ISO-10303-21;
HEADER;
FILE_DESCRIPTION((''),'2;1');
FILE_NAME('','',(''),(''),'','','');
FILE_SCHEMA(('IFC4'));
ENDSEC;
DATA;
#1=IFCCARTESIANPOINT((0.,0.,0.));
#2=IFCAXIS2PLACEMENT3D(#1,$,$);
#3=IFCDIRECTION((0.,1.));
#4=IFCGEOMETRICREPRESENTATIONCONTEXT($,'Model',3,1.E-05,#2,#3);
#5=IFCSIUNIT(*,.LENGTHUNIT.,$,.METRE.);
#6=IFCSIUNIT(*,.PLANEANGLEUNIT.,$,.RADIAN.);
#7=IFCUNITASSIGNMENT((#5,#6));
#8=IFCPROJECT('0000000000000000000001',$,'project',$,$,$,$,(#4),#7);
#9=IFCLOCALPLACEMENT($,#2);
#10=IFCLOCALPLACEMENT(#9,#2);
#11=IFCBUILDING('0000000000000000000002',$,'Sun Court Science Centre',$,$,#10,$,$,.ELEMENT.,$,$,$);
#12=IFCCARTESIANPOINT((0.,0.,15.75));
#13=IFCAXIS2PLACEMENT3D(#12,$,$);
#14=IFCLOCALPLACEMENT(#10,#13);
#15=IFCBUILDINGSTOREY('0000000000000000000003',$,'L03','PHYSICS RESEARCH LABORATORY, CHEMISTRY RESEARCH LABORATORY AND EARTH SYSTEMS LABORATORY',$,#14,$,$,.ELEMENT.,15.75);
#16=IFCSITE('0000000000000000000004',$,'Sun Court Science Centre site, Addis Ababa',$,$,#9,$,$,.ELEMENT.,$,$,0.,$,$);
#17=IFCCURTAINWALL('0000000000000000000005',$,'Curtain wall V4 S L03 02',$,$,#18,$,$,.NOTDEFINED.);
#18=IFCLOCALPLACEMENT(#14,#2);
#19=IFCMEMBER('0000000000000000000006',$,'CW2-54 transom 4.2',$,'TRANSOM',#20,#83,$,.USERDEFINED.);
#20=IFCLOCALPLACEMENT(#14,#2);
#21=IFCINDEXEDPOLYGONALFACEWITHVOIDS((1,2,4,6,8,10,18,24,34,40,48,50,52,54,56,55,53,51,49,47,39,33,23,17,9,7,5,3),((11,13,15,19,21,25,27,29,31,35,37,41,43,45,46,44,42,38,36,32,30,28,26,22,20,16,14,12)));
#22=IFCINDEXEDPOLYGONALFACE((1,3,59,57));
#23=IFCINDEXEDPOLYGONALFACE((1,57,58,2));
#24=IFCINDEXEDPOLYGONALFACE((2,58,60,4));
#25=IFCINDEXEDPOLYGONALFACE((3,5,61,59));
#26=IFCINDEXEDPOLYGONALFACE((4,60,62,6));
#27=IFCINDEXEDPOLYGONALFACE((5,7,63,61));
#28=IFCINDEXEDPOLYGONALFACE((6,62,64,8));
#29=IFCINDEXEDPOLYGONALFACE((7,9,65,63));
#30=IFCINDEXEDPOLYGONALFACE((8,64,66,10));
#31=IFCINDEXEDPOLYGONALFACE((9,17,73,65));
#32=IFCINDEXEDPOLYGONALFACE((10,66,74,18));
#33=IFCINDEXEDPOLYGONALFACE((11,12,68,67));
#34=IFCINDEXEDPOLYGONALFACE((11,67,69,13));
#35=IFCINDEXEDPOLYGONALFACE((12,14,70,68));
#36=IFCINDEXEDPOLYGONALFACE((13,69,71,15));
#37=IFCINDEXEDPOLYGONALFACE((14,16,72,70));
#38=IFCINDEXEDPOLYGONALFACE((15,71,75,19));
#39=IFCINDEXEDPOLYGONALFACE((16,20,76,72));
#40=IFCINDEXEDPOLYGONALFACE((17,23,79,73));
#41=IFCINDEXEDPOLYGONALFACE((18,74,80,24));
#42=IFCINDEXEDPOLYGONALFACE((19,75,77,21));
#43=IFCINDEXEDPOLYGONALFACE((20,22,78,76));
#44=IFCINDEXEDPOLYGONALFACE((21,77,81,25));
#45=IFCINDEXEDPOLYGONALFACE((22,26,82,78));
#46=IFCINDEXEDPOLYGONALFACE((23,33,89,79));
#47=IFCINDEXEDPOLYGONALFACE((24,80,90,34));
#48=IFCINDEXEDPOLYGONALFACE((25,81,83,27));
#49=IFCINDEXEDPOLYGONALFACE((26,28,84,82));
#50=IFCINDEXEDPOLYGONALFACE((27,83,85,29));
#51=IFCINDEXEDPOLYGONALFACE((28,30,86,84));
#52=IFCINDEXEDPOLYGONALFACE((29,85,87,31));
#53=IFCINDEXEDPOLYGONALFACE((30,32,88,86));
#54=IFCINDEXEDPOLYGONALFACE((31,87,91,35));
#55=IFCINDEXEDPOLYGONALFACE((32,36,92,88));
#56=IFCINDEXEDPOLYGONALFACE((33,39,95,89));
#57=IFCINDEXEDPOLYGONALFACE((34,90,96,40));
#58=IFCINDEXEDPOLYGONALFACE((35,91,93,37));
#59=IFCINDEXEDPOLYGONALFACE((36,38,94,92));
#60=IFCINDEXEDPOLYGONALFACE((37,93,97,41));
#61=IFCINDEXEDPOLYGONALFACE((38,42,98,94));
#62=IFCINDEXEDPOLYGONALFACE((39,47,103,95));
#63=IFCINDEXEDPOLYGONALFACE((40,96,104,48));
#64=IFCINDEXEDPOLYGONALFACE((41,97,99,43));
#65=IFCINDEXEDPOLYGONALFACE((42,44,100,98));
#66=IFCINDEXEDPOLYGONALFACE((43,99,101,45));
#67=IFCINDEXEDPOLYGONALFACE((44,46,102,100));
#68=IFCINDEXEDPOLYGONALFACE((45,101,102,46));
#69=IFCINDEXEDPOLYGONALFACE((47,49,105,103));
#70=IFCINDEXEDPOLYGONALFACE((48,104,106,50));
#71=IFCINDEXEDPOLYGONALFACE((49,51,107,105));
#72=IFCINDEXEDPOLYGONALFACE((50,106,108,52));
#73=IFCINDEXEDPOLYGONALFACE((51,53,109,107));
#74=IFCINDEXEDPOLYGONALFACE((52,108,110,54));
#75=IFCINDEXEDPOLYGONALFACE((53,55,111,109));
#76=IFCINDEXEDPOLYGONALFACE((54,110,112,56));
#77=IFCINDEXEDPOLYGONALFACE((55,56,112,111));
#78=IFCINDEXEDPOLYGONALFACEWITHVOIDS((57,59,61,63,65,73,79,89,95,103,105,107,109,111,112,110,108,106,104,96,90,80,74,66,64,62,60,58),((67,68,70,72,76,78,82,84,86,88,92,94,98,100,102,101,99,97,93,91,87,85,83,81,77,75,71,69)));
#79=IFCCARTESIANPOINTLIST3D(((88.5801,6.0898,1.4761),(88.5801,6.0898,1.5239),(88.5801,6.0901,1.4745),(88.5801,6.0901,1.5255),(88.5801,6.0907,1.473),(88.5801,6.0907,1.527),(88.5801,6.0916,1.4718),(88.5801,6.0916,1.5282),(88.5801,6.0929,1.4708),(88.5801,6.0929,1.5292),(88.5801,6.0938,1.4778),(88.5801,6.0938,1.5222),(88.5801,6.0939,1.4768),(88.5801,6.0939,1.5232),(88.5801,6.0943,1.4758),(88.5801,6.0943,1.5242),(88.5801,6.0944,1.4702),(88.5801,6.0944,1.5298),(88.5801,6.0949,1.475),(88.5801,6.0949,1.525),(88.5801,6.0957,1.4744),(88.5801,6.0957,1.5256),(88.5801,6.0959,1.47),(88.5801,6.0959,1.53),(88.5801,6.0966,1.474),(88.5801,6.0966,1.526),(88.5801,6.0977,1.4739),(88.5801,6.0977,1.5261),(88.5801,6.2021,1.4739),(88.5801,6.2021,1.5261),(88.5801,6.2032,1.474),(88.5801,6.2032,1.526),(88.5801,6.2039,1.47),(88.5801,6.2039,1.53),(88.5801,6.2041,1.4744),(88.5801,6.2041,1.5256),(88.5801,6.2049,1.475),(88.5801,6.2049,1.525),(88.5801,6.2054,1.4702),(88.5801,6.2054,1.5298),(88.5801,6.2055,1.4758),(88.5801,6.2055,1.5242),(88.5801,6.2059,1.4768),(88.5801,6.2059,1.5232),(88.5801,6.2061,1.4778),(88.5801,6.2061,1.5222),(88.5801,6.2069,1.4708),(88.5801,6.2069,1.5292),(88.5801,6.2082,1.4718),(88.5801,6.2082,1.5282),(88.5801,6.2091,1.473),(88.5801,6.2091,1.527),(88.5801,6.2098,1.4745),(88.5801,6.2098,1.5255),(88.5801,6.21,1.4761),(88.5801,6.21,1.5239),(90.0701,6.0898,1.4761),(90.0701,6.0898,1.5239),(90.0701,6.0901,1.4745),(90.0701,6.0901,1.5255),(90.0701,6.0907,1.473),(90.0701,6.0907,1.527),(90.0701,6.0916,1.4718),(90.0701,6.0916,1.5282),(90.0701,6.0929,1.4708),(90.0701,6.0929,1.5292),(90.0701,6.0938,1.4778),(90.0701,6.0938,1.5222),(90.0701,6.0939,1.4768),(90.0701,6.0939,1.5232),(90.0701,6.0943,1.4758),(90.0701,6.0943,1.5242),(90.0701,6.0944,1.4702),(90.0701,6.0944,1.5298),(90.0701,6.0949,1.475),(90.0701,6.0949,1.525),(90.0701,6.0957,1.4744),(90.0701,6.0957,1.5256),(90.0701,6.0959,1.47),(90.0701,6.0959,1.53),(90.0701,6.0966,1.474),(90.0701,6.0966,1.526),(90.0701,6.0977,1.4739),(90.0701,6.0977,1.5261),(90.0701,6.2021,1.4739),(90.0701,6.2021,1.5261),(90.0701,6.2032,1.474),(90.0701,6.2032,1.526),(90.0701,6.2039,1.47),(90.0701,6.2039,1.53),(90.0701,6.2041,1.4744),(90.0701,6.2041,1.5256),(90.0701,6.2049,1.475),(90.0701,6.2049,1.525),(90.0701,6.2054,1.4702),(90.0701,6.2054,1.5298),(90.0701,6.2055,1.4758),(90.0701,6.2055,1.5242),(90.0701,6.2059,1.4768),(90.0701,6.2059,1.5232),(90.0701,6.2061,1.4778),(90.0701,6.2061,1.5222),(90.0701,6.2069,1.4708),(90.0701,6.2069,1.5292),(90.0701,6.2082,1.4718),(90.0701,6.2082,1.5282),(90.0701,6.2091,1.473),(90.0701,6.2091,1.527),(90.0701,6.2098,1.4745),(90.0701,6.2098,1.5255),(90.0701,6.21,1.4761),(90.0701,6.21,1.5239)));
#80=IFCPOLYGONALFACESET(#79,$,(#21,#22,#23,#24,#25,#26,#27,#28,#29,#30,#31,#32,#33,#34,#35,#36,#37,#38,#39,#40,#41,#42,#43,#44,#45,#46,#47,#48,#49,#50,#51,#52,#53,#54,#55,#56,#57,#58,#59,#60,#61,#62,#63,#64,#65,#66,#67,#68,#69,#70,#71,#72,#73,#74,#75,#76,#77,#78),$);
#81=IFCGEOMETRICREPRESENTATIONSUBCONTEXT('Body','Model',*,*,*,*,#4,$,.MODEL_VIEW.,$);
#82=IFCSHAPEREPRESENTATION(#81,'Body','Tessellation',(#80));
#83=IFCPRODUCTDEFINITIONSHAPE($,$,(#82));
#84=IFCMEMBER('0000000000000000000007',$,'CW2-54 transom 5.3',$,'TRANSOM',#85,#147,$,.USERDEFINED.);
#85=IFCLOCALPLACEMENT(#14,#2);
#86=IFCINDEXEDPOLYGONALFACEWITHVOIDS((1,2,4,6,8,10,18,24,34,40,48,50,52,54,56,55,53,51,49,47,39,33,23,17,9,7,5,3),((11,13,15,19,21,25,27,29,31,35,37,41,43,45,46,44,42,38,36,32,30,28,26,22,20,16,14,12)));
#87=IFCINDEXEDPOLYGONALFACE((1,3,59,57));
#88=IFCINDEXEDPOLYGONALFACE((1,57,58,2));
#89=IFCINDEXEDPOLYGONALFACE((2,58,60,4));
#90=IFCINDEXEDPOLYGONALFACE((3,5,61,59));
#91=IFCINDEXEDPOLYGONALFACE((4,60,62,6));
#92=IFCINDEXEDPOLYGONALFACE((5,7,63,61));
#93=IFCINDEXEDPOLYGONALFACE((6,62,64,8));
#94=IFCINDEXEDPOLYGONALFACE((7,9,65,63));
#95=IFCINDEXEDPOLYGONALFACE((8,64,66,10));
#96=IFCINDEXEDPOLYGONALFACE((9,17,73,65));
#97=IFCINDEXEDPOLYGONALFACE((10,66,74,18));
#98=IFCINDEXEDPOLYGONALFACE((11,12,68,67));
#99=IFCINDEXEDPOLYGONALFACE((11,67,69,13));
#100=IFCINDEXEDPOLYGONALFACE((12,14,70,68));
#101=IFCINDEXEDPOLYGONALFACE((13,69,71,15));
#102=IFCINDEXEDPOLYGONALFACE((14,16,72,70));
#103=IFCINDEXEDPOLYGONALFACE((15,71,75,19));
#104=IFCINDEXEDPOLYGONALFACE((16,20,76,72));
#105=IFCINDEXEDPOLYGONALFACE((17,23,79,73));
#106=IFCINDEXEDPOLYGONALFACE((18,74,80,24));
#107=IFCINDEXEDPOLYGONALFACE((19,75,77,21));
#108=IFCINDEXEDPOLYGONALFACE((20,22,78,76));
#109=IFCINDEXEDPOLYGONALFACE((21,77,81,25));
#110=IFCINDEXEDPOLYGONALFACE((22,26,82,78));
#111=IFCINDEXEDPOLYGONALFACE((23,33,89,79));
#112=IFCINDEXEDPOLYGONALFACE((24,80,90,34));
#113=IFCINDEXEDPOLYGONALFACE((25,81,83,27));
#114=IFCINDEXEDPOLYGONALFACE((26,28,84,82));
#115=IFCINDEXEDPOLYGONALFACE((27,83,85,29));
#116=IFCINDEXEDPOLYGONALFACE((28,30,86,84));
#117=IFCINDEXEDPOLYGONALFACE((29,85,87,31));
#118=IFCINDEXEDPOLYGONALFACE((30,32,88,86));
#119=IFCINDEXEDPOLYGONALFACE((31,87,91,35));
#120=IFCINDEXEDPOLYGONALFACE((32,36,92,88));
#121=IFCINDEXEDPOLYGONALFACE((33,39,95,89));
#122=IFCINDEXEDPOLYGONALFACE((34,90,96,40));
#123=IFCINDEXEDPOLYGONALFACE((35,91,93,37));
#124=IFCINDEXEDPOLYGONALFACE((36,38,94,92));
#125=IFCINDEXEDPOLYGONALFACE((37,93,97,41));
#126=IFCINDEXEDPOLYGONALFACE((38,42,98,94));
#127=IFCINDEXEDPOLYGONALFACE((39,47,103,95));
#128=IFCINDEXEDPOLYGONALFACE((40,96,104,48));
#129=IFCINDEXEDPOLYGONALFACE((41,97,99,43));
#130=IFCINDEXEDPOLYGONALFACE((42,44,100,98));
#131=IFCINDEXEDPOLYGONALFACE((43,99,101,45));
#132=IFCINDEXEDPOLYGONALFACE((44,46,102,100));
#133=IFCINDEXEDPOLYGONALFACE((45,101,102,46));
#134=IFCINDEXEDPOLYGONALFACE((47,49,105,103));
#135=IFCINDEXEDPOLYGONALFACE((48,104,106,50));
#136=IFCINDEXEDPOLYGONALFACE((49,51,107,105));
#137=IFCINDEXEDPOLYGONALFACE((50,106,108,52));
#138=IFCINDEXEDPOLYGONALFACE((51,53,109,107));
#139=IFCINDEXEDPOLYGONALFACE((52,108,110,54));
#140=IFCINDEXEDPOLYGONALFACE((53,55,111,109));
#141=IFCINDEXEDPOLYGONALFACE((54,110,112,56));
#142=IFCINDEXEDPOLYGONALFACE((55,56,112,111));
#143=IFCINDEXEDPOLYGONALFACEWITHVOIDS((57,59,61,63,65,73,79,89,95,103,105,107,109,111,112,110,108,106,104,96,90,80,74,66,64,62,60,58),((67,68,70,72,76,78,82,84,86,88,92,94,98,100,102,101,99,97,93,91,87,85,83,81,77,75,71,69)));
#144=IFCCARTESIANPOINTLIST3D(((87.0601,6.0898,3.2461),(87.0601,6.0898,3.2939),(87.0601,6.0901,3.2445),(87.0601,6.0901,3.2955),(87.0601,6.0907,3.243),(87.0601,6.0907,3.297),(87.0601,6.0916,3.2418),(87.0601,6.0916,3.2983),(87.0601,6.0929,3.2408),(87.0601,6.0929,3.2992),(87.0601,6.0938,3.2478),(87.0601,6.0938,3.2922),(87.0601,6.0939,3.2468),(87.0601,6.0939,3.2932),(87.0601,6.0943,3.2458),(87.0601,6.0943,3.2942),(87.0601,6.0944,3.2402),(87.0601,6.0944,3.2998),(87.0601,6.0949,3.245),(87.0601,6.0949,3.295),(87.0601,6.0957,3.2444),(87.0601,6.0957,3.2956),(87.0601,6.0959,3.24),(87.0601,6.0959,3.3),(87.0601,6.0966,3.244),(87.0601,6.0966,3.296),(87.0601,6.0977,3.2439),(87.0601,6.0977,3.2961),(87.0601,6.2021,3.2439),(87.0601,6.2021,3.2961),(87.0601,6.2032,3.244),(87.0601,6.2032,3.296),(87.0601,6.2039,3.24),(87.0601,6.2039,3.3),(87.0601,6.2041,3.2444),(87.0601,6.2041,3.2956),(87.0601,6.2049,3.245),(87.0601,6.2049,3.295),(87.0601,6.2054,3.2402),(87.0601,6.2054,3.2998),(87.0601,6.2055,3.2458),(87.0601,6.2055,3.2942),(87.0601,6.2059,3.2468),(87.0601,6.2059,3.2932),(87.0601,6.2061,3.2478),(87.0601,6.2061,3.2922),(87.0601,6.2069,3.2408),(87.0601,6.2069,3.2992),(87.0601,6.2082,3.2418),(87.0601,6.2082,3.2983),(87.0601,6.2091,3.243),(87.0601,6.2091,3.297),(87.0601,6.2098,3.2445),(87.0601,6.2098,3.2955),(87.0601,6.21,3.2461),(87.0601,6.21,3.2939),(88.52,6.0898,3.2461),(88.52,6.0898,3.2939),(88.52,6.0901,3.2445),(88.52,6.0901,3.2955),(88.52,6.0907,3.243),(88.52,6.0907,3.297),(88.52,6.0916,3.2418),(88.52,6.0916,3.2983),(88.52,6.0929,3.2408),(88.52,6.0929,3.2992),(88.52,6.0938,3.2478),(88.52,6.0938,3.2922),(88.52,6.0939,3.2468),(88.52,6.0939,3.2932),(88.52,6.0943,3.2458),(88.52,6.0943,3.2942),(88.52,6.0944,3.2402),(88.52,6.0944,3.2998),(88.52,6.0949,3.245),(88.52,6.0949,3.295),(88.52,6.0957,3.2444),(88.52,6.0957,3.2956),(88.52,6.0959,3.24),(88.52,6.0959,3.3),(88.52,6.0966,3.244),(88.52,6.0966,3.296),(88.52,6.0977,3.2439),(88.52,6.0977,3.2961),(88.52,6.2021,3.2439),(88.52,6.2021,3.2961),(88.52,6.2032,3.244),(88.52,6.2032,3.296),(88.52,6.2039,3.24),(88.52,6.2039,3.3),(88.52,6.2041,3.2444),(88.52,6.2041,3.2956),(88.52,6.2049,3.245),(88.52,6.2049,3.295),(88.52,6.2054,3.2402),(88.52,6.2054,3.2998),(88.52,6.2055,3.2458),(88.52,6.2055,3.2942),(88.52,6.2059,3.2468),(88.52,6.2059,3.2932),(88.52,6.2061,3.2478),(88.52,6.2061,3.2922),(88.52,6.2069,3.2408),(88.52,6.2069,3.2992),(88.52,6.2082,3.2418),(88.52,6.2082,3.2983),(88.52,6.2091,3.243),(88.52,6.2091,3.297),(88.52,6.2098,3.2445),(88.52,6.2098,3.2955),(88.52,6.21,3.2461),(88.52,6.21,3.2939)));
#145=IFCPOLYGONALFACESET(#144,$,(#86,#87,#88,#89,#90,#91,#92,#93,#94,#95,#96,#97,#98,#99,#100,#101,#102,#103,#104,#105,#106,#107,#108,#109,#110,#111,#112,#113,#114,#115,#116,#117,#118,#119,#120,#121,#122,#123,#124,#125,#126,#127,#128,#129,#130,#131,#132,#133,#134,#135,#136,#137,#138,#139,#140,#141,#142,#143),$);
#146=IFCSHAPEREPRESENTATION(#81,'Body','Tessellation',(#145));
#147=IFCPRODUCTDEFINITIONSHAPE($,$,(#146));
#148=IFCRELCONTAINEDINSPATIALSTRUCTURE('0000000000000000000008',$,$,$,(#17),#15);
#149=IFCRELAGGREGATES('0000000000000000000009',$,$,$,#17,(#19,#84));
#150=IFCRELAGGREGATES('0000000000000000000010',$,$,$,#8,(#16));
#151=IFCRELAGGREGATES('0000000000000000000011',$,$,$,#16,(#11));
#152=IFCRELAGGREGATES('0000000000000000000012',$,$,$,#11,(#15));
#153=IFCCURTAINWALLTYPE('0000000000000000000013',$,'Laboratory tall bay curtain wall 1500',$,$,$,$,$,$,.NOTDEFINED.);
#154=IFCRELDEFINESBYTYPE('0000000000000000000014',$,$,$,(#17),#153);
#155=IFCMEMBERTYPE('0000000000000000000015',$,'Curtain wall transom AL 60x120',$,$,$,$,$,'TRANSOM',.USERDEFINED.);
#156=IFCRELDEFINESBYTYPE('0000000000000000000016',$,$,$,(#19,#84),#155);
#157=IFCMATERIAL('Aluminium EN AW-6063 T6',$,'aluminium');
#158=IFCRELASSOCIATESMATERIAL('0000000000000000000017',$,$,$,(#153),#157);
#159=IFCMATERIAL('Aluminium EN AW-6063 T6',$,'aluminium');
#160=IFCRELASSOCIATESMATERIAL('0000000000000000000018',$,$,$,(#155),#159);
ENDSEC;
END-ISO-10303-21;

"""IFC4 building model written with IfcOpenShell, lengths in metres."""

from ifc_helpers import new_model, si_unit, direction, frame, origin, origin_2d, place, context, subcontext, project, spatial, hollow_rectangle, extrude, material, material_profile, profile_set, type_object, element, aggregate, save


model = new_model("IFC4")

# Units and contexts
model_context = context("Model", 3, precision=1e-05, world=origin(), true_north=direction((0.0, 1.0)))
body_context = subcontext(model_context, "Body", "Model", "MODEL_VIEW")
ifc_project = project(units=[si_unit("LENGTHUNIT", "METRE"), si_unit("PLANEANGLEUNIT", "RADIAN")], contexts=[model_context])

# Site, building, storey
site_placement = place(None, origin())
site = spatial("IfcSite", under=ifc_project, at=site_placement, Name="Sun Court Science Centre site, Addis Ababa", CompositionType="ELEMENT", RefElevation=0.0)
building_placement = place(site_placement, origin())
building = spatial("IfcBuilding", under=site, at=building_placement, Name="Sun Court Science Centre", CompositionType="ELEMENT")
storey_placement = place(building_placement, frame((0.0, 0.0, 15.75)))
storey = spatial("IfcBuildingStorey", under=building, at=storey_placement, Name="L03", Description="PHYSICS RESEARCH LABORATORY, CHEMISTRY RESEARCH LABORATORY AND EARTH SYSTEMS LABORATORY", CompositionType="ELEMENT", Elevation=15.75)

# Curtain wall, members
ifc_material_1 = material(Name="Aluminium EN AW-6063 T6", Category="aluminium")
curtain_wall_type = type_object("IfcCurtainWallType", Name="Laboratory tall bay curtain wall 1500", PredefinedType="NOTDEFINED", material=ifc_material_1)
curtain_wall_placement = place(storey_placement, origin())
curtain_wall = element("IfcCurtainWall", 1, at=curtain_wall_placement, inside=storey, type_object=curtain_wall_type, Name="Curtain wall V4 S L03 02", PredefinedType="NOTDEFINED")
ifc_material_2 = material(Name="Aluminium EN AW-6063 T6", Category="aluminium")
ifc_material_profile_1 = material_profile(ifc_material_2, hollow_rectangle(XDim=0.0601, YDim=0.1201, WallThickness=0.0039, InnerFilletRadius=0.0039, OuterFilletRadius=0.0061, at=origin_2d()), Name="AL 60x120x4")
ifc_profile_set_1 = profile_set([ifc_material_profile_1], Name="Aluminium EN AW-6063 T6")
member_type_1 = type_object("IfcMemberType", Name="Curtain wall transom AL 60x120", ElementType="TRANSOM", PredefinedType="USERDEFINED", material=ifc_profile_set_1)
member_1_placement = place(storey_placement, frame((90.0701, 6.1499, 1.5), z_axis=(-1.0, 0.0, 0.0), x_axis=(0.0, 0.0, 1.0)))
member_1 = element("IfcMember", 2, at=member_1_placement, type_object=member_type_1, Name="CW2-54 transom 4.2", ObjectType="TRANSOM", PredefinedType="USERDEFINED", context=body_context, shape_type="SweptSolid", body=[
    extrude(hollow_rectangle(XDim=0.0601, YDim=0.1201, WallThickness=0.0039, InnerFilletRadius=0.0039, OuterFilletRadius=0.0061, at=origin_2d()), origin(), (0.0, 0.0, 1.0), 1.49),
])
member_2_placement = place(storey_placement, frame((88.52, 6.1499, 3.27), z_axis=(-1.0, 0.0, 0.0), x_axis=(0.0, 0.0, 1.0)))
member_2 = element("IfcMember", 3, at=member_2_placement, type_object=member_type_1, Name="CW2-54 transom 5.3", ObjectType="TRANSOM", PredefinedType="USERDEFINED", context=body_context, shape_type="SweptSolid", body=[
    extrude(hollow_rectangle(XDim=0.0601, YDim=0.1201, WallThickness=0.0039, InnerFilletRadius=0.0039, OuterFilletRadius=0.0061, at=origin_2d()), origin(), (0.0, 0.0, 1.0), 1.46),
])

aggregate(curtain_wall, [member_1, member_2])

save(model, "model.ifc")
